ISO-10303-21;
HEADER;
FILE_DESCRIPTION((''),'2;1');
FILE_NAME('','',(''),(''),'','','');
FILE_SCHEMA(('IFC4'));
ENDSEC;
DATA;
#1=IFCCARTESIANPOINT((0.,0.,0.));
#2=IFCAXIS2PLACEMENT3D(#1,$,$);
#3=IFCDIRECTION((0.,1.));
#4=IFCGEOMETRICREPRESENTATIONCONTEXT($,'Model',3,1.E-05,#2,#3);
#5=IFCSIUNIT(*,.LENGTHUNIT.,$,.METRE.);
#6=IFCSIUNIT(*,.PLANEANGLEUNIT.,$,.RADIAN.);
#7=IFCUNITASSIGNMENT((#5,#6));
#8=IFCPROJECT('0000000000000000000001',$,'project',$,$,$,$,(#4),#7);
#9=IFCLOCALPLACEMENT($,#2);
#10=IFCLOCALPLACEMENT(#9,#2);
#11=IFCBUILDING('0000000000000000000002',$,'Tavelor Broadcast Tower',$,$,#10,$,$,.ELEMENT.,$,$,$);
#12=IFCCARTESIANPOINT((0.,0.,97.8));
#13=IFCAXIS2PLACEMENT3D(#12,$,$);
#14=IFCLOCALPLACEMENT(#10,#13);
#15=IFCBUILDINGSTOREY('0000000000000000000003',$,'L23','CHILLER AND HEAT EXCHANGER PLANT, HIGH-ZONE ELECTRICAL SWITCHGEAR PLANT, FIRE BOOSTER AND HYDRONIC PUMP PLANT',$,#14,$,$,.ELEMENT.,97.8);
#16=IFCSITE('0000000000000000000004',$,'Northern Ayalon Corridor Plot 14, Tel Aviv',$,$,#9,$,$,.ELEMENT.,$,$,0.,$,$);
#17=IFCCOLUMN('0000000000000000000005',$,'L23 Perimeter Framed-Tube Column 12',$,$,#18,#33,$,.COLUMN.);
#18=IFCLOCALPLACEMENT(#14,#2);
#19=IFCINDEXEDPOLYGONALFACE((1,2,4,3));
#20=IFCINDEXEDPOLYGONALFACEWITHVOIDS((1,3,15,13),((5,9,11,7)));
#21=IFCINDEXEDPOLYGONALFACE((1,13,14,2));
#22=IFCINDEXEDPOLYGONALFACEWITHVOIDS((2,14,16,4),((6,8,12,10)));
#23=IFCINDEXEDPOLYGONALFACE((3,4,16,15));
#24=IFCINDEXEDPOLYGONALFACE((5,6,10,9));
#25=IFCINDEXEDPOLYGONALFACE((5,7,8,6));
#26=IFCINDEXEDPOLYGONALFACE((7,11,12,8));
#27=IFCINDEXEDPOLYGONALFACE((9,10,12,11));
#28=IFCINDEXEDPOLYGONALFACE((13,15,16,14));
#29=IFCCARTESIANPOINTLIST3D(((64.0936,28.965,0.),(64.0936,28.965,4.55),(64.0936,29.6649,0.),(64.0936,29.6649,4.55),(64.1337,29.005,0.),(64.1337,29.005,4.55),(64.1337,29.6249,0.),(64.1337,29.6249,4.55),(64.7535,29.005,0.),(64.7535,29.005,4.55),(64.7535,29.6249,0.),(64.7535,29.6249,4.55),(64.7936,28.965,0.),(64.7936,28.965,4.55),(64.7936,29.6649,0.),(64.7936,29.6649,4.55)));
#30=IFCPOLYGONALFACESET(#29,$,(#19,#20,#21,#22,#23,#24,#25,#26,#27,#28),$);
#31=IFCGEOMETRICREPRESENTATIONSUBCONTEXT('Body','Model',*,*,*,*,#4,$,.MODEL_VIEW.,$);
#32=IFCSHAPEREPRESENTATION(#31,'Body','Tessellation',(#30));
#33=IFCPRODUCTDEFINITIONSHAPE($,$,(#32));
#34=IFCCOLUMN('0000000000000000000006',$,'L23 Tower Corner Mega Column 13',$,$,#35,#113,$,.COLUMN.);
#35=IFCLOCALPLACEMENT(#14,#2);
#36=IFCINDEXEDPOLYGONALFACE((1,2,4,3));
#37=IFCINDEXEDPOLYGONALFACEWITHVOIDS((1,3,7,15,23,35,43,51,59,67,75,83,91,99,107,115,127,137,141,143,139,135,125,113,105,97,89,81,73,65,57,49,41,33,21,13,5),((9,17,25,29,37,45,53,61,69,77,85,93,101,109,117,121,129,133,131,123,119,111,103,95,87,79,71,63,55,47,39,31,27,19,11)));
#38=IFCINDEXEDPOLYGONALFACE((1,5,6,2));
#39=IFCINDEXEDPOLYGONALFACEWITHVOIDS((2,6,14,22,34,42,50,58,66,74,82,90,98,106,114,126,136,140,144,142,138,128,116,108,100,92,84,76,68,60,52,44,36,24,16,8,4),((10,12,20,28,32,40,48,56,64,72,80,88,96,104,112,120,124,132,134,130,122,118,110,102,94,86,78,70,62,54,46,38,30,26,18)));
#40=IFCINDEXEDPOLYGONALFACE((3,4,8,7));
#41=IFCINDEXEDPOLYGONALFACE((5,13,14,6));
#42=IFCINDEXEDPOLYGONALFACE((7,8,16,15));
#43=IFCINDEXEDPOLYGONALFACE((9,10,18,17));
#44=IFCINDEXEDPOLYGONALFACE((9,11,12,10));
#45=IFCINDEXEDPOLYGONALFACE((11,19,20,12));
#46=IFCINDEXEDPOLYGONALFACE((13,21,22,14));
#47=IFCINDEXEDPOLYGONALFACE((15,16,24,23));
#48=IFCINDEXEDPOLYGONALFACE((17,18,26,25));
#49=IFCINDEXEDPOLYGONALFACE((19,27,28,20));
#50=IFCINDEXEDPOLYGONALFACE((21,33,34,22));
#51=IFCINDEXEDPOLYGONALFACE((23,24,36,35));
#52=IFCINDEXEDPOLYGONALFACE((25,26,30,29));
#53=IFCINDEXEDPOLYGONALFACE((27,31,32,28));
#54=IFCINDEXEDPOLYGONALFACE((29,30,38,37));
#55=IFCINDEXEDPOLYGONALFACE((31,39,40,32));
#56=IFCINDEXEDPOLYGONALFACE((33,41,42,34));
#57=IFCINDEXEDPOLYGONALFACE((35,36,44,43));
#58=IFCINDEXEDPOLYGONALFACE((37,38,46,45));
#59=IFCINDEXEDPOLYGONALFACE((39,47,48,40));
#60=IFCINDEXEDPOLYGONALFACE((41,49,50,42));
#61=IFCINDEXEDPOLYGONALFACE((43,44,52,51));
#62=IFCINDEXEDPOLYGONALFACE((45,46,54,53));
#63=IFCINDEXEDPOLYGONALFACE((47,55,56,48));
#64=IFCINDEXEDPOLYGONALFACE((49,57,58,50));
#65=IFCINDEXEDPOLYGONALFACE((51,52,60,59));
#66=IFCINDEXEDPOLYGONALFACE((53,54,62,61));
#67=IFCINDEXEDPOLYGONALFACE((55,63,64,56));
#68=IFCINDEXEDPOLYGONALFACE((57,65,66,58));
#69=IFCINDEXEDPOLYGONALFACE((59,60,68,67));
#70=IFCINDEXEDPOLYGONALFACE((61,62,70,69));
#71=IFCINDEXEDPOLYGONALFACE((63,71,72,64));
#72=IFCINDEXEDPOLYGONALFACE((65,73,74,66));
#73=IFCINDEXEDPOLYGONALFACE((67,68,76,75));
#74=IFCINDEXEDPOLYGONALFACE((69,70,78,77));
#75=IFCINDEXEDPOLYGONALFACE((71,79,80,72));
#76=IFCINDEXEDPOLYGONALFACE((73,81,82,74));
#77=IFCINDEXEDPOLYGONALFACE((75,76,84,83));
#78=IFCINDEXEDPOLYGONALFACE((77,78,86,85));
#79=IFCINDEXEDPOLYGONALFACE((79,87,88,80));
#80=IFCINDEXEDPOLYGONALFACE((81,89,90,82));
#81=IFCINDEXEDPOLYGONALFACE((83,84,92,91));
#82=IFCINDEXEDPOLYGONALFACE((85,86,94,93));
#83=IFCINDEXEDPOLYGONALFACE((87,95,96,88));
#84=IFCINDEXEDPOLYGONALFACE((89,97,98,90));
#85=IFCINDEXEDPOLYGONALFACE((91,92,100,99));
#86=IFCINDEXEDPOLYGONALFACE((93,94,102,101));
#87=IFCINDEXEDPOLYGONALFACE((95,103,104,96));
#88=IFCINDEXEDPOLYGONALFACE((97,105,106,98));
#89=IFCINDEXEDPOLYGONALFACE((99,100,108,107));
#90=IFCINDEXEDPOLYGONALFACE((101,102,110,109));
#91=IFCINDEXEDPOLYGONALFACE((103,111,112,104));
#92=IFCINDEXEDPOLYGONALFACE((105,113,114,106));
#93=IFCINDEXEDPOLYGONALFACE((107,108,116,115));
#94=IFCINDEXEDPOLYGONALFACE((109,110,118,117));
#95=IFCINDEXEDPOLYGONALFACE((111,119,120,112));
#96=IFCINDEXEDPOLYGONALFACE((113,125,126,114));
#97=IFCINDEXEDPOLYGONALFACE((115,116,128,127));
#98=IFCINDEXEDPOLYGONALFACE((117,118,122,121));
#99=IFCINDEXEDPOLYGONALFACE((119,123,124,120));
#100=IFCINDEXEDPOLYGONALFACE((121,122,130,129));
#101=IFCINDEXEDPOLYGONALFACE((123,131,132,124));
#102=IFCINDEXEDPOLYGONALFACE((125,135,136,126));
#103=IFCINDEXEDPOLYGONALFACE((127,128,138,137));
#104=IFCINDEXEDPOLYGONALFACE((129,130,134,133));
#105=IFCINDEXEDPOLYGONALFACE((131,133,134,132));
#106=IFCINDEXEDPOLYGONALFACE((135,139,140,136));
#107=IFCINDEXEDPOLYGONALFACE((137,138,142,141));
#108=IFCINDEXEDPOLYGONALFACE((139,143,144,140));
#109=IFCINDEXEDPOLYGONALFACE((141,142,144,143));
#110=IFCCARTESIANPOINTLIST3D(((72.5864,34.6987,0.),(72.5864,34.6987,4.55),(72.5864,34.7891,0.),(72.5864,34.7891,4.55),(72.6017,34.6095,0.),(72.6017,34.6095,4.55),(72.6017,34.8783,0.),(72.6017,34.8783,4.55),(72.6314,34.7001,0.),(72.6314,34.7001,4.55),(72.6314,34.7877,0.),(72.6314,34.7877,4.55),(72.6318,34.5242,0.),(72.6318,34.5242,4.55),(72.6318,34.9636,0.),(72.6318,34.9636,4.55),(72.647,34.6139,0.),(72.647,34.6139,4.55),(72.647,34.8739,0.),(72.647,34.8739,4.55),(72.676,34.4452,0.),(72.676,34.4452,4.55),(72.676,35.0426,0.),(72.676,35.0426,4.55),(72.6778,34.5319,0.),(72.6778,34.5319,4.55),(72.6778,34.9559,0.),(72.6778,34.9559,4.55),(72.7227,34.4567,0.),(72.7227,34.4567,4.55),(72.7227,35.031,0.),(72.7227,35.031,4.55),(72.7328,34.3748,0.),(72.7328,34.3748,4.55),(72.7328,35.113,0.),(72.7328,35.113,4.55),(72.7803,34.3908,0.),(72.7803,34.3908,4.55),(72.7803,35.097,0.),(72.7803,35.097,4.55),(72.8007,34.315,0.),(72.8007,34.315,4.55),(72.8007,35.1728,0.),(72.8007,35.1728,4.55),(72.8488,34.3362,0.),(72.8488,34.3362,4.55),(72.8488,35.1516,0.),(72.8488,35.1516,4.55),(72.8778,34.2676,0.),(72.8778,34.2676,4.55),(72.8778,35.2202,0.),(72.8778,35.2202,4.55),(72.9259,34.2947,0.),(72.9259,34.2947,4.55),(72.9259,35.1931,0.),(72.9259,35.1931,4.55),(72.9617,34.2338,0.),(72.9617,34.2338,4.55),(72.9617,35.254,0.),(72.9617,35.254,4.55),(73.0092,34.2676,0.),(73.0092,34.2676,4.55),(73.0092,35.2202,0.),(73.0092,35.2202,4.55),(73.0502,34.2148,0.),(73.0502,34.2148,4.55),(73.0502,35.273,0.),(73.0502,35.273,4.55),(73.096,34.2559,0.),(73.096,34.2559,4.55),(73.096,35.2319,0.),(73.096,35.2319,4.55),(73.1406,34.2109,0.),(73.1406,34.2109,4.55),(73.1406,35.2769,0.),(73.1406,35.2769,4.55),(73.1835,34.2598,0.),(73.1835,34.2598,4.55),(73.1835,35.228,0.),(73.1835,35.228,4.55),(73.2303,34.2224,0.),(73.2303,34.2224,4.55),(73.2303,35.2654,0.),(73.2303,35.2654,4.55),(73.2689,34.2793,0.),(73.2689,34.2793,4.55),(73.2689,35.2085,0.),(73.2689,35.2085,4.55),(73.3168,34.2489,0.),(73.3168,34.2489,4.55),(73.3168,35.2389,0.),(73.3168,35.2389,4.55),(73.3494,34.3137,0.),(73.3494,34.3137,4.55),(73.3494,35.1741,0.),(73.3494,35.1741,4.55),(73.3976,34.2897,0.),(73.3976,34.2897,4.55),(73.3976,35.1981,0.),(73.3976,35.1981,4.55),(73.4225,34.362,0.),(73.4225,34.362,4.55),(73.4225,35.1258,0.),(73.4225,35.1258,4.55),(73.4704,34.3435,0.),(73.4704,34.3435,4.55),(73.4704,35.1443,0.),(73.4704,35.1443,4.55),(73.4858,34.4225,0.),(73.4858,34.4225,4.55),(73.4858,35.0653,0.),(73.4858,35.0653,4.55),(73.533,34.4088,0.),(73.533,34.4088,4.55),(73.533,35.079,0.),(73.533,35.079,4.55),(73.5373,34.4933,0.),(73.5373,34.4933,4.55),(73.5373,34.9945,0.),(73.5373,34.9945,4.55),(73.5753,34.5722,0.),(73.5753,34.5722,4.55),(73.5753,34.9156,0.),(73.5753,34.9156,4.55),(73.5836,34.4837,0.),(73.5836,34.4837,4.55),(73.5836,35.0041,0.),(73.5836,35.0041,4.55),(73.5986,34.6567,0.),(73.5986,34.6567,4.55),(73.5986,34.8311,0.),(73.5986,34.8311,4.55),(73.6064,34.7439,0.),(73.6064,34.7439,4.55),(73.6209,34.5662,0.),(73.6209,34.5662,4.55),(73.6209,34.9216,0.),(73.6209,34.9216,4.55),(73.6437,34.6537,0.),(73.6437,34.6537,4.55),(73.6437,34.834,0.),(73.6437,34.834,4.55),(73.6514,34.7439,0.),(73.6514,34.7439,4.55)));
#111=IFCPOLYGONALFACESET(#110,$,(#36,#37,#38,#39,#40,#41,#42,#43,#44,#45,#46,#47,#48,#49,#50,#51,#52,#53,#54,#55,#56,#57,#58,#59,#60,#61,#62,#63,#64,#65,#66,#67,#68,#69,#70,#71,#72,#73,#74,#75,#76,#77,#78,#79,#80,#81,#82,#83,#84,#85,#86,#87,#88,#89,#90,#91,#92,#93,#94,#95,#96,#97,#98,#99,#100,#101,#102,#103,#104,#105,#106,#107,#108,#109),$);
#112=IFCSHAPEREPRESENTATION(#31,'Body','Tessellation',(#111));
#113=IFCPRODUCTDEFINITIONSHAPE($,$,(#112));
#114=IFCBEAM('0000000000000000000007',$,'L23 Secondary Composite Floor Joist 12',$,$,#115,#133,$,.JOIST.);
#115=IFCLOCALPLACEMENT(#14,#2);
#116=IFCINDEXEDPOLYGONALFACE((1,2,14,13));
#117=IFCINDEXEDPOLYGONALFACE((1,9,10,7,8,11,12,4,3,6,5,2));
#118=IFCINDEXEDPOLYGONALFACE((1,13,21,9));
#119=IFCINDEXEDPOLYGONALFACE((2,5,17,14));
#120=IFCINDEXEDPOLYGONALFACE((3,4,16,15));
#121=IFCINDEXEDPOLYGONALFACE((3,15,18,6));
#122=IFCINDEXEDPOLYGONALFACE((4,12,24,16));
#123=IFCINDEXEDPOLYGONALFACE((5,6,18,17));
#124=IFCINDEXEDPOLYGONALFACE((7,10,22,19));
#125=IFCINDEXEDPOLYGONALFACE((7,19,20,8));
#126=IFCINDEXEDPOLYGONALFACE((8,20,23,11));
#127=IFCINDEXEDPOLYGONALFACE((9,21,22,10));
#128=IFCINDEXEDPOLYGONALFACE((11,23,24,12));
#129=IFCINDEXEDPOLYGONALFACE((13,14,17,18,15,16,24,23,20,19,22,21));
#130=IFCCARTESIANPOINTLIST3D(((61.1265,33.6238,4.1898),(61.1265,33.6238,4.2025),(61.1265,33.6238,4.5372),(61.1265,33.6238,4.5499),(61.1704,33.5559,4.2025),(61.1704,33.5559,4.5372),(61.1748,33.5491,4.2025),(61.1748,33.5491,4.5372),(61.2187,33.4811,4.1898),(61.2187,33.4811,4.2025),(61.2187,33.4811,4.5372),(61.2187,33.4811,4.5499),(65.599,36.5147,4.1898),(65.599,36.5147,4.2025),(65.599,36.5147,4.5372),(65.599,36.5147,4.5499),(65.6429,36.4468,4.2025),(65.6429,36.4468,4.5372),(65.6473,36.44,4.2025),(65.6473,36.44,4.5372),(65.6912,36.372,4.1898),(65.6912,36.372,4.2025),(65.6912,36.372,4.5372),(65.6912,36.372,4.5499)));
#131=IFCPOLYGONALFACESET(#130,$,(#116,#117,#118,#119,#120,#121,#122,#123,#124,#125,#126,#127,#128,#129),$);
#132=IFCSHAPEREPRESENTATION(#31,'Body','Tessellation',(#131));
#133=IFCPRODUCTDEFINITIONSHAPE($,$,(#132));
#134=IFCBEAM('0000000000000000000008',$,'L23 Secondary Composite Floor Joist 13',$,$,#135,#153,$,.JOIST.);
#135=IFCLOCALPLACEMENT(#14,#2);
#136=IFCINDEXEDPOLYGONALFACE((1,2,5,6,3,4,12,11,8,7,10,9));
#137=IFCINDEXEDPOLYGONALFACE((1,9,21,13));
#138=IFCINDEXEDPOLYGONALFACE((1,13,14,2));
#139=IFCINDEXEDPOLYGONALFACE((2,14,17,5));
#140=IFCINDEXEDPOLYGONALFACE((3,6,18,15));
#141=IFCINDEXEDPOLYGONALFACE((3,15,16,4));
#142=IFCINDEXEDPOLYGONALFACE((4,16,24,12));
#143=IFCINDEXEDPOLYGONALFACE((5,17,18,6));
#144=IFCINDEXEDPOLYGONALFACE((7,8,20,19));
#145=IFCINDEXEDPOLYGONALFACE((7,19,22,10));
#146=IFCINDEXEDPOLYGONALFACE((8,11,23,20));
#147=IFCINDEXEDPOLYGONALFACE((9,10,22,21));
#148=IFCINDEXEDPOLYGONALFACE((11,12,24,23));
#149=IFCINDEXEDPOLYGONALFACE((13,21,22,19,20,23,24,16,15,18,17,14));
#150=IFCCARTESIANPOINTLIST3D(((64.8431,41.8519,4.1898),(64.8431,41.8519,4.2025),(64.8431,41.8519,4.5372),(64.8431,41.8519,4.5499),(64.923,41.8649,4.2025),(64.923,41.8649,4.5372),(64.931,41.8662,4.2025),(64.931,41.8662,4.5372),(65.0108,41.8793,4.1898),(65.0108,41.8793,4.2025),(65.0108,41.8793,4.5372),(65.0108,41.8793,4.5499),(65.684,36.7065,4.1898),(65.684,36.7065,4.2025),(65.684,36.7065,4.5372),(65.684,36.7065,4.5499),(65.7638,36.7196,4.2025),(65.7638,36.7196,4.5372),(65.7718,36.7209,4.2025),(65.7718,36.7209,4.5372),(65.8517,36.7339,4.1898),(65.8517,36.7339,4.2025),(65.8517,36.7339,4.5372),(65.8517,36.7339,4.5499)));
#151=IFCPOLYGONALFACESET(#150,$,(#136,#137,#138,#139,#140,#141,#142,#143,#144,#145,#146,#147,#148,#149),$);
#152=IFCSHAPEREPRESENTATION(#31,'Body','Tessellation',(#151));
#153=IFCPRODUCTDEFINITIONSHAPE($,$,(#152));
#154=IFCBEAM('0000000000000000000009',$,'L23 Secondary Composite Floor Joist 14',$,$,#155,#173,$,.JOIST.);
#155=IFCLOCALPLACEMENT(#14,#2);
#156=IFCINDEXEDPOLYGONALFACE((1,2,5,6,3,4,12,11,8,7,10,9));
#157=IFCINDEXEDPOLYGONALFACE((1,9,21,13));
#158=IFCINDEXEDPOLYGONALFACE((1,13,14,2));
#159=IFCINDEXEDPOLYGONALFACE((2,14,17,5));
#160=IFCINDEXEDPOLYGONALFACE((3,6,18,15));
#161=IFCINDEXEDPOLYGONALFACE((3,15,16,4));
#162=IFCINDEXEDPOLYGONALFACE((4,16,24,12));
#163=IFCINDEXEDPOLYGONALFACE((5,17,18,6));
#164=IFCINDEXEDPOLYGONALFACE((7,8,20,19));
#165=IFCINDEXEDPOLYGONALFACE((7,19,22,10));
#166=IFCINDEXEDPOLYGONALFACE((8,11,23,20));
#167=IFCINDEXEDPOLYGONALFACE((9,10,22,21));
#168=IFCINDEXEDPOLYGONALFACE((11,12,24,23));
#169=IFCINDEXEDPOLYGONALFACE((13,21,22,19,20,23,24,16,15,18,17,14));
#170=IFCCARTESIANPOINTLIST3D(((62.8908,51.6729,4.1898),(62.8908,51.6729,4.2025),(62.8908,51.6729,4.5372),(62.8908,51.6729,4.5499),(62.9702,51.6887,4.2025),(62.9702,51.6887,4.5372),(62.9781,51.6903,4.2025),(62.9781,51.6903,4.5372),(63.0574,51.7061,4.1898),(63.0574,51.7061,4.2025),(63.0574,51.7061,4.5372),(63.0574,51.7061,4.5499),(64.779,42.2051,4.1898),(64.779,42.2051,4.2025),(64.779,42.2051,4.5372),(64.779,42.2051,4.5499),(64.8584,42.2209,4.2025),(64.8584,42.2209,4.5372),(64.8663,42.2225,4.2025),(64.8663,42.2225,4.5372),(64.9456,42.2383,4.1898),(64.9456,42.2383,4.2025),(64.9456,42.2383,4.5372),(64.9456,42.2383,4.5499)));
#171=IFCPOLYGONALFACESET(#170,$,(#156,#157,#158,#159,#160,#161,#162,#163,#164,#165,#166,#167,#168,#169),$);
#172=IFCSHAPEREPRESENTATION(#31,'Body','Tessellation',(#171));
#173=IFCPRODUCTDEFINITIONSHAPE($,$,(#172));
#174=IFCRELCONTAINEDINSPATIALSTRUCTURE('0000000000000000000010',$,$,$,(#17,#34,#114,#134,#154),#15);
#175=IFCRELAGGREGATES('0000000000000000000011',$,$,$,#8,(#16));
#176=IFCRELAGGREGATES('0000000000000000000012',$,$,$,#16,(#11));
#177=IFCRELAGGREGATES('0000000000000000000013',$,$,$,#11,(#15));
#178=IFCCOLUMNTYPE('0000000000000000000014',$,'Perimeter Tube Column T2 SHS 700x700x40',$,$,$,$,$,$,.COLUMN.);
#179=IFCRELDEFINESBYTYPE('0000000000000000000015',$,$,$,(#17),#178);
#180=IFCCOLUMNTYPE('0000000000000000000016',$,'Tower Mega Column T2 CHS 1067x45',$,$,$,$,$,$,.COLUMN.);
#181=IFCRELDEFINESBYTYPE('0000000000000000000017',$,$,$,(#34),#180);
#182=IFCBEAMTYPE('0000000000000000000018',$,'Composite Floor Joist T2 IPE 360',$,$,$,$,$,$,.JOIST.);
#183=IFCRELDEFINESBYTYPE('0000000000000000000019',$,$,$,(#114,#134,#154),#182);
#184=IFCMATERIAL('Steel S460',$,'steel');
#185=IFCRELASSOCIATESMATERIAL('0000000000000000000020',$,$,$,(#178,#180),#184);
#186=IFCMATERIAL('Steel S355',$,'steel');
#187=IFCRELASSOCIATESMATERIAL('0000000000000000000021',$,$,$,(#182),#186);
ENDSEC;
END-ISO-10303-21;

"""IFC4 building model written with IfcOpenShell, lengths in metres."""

from ifc_helpers import new_model, si_unit, direction, frame, origin, origin_2d, place, context, subcontext, project, spatial, hollow_rectangle, hollow_circle, i_section, extrude, material, material_profile, profile_set, type_object, element, save


model = new_model("IFC4")

# Units and contexts
model_context = context("Model", 3, precision=1e-05, world=origin(), true_north=direction((0.0, 1.0)))
body_context = subcontext(model_context, "Body", "Model", "MODEL_VIEW")
ifc_project = project(units=[si_unit("LENGTHUNIT", "METRE"), si_unit("PLANEANGLEUNIT", "RADIAN")], contexts=[model_context])

# Site, building, storey
site_placement = place(None, origin())
site = spatial("IfcSite", under=ifc_project, at=site_placement, Name="Northern Ayalon Corridor Plot 14, Tel Aviv", CompositionType="ELEMENT", RefElevation=0.0)
building_placement = place(site_placement, origin())
building = spatial("IfcBuilding", under=site, at=building_placement, Name="Tavelor Broadcast Tower", CompositionType="ELEMENT")
storey_placement = place(building_placement, frame((0.0, 0.0, 97.8)))
storey = spatial("IfcBuildingStorey", under=building, at=storey_placement, Name="L23", Description="CHILLER AND HEAT EXCHANGER PLANT, HIGH-ZONE ELECTRICAL SWITCHGEAR PLANT, FIRE BOOSTER AND HYDRONIC PUMP PLANT", CompositionType="ELEMENT", Elevation=97.8)

# Columns
ifc_material_1 = material(Name="Steel S460", Category="steel")
ifc_material_profile_1 = material_profile(ifc_material_1, hollow_rectangle(XDim=0.7, YDim=0.7, WallThickness=0.04, at=origin_2d()), Name="SHS 700x700x40")
ifc_profile_set_1 = profile_set([ifc_material_profile_1], Name="Steel S460")
column_type_1 = type_object("IfcColumnType", Name="Perimeter Tube Column T2 SHS 700x700x40", PredefinedType="COLUMN", material=ifc_profile_set_1)
column_1_placement = place(storey_placement, frame((64.4436, 29.3149, 0.0), z_axis=(0.0, 0.0, 1.0), x_axis=(1.0, 0.0, 0.0)))
element("IfcColumn", 1, at=column_1_placement, inside=storey, type_object=column_type_1, Name="L23 Perimeter Framed-Tube Column 12", PredefinedType="COLUMN", context=body_context, shape_type="SweptSolid", body=[
    extrude(hollow_rectangle(XDim=0.7, YDim=0.7, WallThickness=0.04, at=origin_2d()), origin(), (0.0, 0.0, 1.0), 4.55),
])
ifc_material_profile_2 = material_profile(ifc_material_1, hollow_circle(Radius=0.5334, WallThickness=0.0449, at=origin_2d()), Name="CHS 1067x45")
ifc_profile_set_2 = profile_set([ifc_material_profile_2], Name="Steel S460")
column_type_2 = type_object("IfcColumnType", Name="Tower Mega Column T2 CHS 1067x45", PredefinedType="COLUMN", material=ifc_profile_set_2)
column_2_placement = place(storey_placement, frame((73.1179, 34.7439, 0.0), z_axis=(0.0, 0.0, 1.0), x_axis=(1.0, 0.0, 0.0)))
element("IfcColumn", 2, at=column_2_placement, inside=storey, type_object=column_type_2, Name="L23 Tower Corner Mega Column 13", PredefinedType="COLUMN", context=body_context, shape_type="SweptSolid", body=[
    extrude(hollow_circle(Radius=0.5334, WallThickness=0.0449, at=origin_2d()), origin(), (0.0, 0.0, 1.0), 4.55),
])

# Beams
ifc_material_2 = material(Name="Steel S355", Category="steel")
ifc_material_profile_3 = material_profile(ifc_material_2, i_section(OverallWidth=0.1699, OverallDepth=0.3601, WebThickness=0.0081, FlangeThickness=0.0127, at=origin_2d()), Name="IPE 360")
ifc_profile_set_3 = profile_set([ifc_material_profile_3], Name="Steel S355")
beam_type_1 = type_object("IfcBeamType", Name="Composite Floor Joist T2 IPE 360", PredefinedType="JOIST", material=ifc_profile_set_3)
beam_1_placement = place(storey_placement, frame((61.1726, 33.5525, 4.3699), z_axis=(0.839831, 0.542848, 0.0), x_axis=(-0.542848, 0.839831, 0.0)))
element("IfcBeam", 3, at=beam_1_placement, inside=storey, type_object=beam_type_1, Name="L23 Secondary Composite Floor Joist 12", PredefinedType="JOIST", context=body_context, shape_type="SweptSolid", body=[
    extrude(i_section(OverallWidth=0.1699, OverallDepth=0.3601, WebThickness=0.0081, FlangeThickness=0.0127, at=origin_2d()), origin(), (0.0, 0.0, 1.0), 5.3254),
])
beam_2_placement = place(storey_placement, frame((65.7678, 36.7202, 4.3699), z_axis=(-0.161277, 0.986909, 0.0), x_axis=(-0.986909, -0.161277, 0.0)))
element("IfcBeam", 4, at=beam_2_placement, inside=storey, type_object=beam_type_1, Name="L23 Secondary Composite Floor Joist 13", PredefinedType="JOIST", context=body_context, shape_type="SweptSolid", body=[
    extrude(i_section(OverallWidth=0.1699, OverallDepth=0.3601, WebThickness=0.0081, FlangeThickness=0.0127, at=origin_2d()), origin(), (0.0, 0.0, 1.0), 5.2136),
])
beam_3_placement = place(storey_placement, frame((64.8623, 42.2217, 4.3699), z_axis=(-0.195581, 0.980688, 0.0), x_axis=(-0.980688, -0.195581, 0.0)))
element("IfcBeam", 5, at=beam_3_placement, inside=storey, type_object=beam_type_1, Name="L23 Secondary Composite Floor Joist 14", PredefinedType="JOIST", context=body_context, shape_type="SweptSolid", body=[
    extrude(i_section(OverallWidth=0.1699, OverallDepth=0.3601, WebThickness=0.0081, FlangeThickness=0.0127, at=origin_2d()), origin(), (0.0, 0.0, 1.0), 9.6543),
])

save(model, "model.ifc")
